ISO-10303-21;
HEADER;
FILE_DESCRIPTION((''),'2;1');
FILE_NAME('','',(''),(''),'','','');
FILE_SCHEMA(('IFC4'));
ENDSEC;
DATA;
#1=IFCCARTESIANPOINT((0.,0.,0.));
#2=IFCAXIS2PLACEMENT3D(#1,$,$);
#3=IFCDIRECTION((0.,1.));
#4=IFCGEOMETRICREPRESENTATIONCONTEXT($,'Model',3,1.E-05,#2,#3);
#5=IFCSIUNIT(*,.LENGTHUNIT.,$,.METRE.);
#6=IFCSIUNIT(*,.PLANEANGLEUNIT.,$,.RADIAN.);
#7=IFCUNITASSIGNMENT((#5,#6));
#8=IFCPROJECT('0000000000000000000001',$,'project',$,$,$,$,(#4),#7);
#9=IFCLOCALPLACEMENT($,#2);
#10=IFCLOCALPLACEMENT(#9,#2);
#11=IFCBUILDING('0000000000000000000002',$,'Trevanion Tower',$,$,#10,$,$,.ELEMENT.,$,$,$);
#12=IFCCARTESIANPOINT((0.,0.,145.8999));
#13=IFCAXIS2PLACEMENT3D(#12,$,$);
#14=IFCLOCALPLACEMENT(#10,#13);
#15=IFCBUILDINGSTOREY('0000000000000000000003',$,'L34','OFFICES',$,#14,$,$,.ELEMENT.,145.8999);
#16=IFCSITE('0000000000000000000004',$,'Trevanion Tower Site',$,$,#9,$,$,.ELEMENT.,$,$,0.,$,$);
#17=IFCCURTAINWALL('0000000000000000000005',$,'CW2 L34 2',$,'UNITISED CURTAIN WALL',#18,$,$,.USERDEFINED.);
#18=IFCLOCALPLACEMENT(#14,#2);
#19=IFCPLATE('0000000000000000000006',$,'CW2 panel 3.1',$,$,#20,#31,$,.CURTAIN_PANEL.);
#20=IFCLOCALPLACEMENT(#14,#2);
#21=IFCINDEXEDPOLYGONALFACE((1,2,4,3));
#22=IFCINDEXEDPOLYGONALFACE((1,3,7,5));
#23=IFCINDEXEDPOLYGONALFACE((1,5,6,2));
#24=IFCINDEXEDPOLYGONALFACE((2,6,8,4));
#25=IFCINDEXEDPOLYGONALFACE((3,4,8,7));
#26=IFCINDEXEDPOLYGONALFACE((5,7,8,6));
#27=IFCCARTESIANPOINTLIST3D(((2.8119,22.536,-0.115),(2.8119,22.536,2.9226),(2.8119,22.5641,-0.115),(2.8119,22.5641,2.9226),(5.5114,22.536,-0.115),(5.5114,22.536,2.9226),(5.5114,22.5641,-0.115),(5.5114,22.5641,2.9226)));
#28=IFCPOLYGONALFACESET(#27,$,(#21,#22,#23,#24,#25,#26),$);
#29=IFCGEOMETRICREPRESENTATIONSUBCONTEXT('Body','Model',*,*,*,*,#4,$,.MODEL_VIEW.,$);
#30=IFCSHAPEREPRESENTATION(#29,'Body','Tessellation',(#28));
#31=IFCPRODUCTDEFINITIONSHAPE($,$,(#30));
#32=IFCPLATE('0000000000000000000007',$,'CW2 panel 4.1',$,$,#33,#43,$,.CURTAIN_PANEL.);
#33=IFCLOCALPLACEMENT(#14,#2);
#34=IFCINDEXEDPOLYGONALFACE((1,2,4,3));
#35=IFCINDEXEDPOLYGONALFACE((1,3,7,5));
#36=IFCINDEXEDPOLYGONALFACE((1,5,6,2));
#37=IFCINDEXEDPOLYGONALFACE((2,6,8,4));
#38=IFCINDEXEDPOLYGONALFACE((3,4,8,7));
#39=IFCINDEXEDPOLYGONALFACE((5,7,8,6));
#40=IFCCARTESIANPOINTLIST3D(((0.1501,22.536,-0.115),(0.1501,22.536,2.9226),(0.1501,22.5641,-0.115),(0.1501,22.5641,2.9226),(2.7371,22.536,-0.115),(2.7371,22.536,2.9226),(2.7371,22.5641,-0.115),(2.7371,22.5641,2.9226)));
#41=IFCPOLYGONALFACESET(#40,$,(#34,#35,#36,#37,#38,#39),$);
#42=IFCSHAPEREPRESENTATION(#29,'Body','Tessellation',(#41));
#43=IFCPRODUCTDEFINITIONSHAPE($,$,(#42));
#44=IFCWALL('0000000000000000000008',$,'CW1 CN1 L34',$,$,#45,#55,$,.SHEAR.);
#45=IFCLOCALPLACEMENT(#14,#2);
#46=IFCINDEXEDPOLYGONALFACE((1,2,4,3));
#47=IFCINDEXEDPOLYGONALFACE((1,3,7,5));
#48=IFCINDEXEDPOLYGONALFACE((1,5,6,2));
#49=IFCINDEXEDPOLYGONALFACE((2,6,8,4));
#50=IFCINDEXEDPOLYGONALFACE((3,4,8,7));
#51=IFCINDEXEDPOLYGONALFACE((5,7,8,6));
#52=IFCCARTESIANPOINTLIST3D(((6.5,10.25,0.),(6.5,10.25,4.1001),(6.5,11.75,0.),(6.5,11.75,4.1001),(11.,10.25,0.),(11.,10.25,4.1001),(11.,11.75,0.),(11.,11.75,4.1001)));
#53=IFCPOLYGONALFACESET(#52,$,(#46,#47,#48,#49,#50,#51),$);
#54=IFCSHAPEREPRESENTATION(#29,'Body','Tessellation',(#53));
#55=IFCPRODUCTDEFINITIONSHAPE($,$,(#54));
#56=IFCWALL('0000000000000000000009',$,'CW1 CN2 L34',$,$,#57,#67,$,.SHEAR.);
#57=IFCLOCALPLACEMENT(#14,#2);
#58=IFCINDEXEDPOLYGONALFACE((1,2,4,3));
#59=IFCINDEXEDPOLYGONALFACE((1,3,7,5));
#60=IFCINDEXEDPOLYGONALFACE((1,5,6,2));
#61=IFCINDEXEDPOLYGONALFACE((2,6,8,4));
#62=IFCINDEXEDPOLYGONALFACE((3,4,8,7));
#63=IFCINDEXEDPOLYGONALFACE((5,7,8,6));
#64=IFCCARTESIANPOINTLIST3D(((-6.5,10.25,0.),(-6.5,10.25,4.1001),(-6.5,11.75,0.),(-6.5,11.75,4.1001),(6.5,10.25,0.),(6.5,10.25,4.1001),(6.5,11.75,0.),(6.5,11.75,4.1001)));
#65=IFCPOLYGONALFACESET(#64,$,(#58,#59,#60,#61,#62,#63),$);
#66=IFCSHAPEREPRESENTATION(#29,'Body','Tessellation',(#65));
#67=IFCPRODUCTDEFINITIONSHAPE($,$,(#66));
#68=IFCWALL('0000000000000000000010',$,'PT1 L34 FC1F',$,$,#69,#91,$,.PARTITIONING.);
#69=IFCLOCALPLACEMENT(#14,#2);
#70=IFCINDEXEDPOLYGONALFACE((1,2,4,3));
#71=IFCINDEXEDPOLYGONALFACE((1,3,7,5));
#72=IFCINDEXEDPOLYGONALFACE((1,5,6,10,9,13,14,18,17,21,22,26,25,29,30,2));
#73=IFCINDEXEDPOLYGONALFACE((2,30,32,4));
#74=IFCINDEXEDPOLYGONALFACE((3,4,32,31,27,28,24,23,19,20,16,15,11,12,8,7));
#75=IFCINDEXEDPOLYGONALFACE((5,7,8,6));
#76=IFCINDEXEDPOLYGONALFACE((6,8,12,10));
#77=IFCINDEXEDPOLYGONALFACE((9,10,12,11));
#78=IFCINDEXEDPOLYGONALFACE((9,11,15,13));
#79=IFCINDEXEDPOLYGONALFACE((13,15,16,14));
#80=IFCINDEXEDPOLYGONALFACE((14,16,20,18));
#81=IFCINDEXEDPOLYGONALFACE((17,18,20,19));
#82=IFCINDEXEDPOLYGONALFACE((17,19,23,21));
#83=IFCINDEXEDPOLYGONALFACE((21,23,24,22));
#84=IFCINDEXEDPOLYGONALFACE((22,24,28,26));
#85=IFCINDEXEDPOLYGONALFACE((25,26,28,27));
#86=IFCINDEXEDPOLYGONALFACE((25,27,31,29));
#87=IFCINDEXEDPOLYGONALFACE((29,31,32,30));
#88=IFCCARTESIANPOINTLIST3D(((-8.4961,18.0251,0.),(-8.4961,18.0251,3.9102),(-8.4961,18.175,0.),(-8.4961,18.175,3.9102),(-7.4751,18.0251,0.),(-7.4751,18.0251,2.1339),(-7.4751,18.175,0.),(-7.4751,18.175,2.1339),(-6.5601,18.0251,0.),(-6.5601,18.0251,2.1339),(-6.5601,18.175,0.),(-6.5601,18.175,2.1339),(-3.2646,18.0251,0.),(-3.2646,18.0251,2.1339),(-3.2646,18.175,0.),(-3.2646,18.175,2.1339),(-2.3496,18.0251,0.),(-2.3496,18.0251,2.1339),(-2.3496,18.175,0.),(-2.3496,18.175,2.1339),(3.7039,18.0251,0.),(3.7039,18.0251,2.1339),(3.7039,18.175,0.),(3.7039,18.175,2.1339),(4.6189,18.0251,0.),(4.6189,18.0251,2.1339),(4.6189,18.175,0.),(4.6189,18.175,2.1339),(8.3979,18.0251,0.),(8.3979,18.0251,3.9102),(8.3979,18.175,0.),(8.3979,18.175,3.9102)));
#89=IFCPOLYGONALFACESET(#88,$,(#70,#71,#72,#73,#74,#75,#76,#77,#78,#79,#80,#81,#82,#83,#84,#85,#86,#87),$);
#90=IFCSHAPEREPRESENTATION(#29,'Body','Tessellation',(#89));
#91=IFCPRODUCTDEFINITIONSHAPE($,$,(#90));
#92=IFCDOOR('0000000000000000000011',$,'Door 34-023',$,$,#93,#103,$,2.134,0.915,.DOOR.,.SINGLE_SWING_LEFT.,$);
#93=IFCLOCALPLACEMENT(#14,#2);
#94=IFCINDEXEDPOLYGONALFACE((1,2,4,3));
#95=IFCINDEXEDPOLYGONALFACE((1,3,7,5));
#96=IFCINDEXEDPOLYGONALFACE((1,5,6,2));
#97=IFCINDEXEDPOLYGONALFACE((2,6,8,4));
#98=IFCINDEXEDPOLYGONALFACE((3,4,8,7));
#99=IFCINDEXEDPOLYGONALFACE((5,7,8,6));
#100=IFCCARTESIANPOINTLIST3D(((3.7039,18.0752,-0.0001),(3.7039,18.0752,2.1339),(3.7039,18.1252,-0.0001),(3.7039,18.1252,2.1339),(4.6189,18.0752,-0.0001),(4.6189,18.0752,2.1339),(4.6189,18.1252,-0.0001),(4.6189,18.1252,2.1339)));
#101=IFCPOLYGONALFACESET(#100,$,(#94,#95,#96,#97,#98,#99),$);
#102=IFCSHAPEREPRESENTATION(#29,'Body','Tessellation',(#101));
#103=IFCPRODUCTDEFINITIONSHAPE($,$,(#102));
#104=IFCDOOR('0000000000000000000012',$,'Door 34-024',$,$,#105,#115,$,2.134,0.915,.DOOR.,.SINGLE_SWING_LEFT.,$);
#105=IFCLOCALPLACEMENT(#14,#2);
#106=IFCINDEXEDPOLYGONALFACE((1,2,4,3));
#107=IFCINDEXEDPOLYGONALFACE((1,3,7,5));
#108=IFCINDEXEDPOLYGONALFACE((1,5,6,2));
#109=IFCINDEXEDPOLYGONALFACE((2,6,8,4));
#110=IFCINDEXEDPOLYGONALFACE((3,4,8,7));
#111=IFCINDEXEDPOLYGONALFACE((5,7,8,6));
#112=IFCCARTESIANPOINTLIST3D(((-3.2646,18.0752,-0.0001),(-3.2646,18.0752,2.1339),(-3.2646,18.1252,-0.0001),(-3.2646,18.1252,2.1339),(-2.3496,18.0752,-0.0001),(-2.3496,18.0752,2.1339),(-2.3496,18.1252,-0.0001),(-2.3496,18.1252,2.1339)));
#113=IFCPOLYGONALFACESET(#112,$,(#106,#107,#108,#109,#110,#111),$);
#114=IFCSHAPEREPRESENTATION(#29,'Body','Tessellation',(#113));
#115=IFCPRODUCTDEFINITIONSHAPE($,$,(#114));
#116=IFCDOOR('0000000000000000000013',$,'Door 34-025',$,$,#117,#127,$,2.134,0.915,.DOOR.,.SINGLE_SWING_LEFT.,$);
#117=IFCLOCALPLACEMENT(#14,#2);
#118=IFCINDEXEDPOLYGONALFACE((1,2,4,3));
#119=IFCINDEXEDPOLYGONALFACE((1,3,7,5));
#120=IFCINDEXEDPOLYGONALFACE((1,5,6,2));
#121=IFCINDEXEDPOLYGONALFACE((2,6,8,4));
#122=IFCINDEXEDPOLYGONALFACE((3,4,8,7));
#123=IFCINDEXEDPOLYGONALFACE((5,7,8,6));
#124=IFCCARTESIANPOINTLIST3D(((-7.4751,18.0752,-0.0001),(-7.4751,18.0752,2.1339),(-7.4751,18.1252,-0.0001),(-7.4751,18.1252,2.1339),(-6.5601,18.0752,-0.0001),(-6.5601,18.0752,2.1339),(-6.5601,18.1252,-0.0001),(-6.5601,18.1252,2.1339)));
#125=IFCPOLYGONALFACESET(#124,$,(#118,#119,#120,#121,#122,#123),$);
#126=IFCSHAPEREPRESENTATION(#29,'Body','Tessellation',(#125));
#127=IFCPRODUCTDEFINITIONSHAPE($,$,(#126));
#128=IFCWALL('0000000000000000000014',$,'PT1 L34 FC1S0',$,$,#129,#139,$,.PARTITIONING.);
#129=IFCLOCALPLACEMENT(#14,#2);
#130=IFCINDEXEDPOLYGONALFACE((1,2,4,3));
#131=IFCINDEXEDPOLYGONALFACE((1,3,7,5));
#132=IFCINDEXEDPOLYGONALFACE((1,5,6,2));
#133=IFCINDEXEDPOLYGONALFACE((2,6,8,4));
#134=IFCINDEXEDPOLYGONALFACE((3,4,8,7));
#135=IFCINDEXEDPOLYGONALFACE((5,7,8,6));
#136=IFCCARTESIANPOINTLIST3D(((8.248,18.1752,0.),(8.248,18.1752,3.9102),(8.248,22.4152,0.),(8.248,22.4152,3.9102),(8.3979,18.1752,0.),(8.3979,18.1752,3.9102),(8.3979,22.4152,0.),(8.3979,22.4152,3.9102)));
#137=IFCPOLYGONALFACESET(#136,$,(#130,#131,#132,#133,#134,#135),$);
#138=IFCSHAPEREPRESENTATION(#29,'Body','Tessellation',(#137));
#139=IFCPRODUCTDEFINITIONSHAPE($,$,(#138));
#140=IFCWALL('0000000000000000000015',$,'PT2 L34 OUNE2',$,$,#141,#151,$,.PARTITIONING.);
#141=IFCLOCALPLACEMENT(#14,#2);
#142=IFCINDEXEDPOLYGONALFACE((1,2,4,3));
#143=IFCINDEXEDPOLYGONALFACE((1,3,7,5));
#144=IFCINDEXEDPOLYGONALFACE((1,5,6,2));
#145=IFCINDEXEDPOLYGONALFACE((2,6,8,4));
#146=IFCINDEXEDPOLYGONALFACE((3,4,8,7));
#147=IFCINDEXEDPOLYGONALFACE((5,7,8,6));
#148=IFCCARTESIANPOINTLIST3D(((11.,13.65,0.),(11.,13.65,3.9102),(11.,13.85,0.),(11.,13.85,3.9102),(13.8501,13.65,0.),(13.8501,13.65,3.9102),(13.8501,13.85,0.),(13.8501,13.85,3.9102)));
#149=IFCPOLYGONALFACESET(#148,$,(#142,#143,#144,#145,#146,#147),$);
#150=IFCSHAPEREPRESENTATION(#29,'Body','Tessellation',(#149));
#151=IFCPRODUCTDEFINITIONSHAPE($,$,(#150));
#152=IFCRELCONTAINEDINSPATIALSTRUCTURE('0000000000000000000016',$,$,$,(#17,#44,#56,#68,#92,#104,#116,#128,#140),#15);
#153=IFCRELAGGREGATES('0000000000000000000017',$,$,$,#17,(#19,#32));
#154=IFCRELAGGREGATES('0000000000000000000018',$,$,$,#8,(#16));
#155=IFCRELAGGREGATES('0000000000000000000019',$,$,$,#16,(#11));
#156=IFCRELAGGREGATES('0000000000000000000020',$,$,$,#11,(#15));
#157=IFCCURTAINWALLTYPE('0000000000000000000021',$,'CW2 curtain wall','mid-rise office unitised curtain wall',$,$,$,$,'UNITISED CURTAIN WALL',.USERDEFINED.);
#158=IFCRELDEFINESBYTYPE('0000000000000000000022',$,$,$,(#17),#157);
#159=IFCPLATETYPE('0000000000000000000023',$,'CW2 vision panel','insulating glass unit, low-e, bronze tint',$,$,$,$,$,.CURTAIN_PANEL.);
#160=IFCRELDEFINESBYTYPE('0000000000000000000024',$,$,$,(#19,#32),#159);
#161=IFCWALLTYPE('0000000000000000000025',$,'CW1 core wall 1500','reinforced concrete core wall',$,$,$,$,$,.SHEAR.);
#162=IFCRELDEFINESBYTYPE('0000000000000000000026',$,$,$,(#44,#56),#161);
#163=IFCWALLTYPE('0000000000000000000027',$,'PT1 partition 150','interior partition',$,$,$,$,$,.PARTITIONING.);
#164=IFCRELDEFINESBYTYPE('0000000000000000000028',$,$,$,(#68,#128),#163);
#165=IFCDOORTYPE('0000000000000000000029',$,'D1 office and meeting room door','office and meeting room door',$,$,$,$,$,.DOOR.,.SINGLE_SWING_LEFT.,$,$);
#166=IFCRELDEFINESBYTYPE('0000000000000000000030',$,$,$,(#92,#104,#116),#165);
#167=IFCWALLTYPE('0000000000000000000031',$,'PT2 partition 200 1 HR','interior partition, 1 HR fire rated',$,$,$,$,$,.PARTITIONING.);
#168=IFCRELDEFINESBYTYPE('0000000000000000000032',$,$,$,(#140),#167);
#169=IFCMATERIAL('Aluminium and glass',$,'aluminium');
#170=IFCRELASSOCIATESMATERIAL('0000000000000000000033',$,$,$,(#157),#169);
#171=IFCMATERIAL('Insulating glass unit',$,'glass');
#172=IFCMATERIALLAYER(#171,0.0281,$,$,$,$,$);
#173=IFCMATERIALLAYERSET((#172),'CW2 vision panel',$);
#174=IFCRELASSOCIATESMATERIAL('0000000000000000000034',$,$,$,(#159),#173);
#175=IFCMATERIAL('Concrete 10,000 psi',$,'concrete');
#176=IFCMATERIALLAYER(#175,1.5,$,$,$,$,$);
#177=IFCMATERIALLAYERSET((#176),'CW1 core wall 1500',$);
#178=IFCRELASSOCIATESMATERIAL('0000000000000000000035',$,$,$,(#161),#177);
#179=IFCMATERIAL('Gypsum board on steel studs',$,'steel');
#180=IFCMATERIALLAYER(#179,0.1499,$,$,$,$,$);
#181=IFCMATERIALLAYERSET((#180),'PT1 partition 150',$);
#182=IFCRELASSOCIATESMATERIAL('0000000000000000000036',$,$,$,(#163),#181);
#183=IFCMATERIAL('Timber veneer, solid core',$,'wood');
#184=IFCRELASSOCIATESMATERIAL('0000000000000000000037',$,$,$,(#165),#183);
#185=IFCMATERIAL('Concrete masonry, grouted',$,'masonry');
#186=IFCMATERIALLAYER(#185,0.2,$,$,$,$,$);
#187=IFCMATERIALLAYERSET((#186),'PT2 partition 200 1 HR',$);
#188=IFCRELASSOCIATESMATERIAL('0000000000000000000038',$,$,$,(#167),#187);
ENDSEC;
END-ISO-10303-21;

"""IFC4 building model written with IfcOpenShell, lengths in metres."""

from ifc_helpers import new_model, si_unit, direction, frame, frame_2d, origin, origin_2d, place, context, subcontext, project, spatial, rectangle, extrude, material, layer, layer_set, type_object, element, fill, aggregate, save


model = new_model("IFC4")

# Units and contexts
model_context = context("Model", 3, precision=1e-05, world=origin(), true_north=direction((0.0, 1.0)))
body_context = subcontext(model_context, "Body", "Model", "MODEL_VIEW")
ifc_project = project(units=[si_unit("LENGTHUNIT", "METRE"), si_unit("PLANEANGLEUNIT", "RADIAN")], contexts=[model_context])

# Site, building, storey
site_placement = place(None, origin())
site = spatial("IfcSite", under=ifc_project, at=site_placement, Name="Trevanion Tower Site", CompositionType="ELEMENT", RefElevation=0.0)
building_placement = place(site_placement, origin())
building = spatial("IfcBuilding", under=site, at=building_placement, Name="Trevanion Tower", CompositionType="ELEMENT")
storey_placement = place(building_placement, frame((0.0, 0.0, 145.8999)))
storey = spatial("IfcBuildingStorey", under=building, at=storey_placement, Name="L34", Description="OFFICES", CompositionType="ELEMENT", Elevation=145.8999)

# Curtain wall
ifc_material_1 = material(Name="Aluminium and glass", Category="aluminium")
curtain_wall_type = type_object("IfcCurtainWallType", Name="CW2 curtain wall", Description="mid-rise office unitised curtain wall", ElementType="UNITISED CURTAIN WALL", PredefinedType="USERDEFINED", material=ifc_material_1)
curtain_wall_placement = place(storey_placement, origin())
curtain_wall = element("IfcCurtainWall", 1, at=curtain_wall_placement, inside=storey, type_object=curtain_wall_type, Name="CW2 L34 2", ObjectType="UNITISED CURTAIN WALL", PredefinedType="USERDEFINED")

# Plates
ifc_material_2 = material(Name="Insulating glass unit", Category="glass")
ifc_layer_1 = layer(ifc_material_2, 0.0281)
ifc_layer_set_1 = layer_set([ifc_layer_1], Name="CW2 vision panel")
plate_type_1 = type_object("IfcPlateType", Name="CW2 vision panel", Description="insulating glass unit, low-e, bronze tint", PredefinedType="CURTAIN_PANEL", material=ifc_layer_set_1)
plate_1_placement = place(storey_placement, frame((4.1616, 22.55, -0.115), z_axis=(0.0, 0.0, 1.0), x_axis=(-1.0, 0.0, 0.0)))
plate_1 = element("IfcPlate", 2, at=plate_1_placement, type_object=plate_type_1, Name="CW2 panel 3.1", PredefinedType="CURTAIN_PANEL", context=body_context, shape_type="SweptSolid", body=[
    extrude(rectangle(XDim=2.6995, YDim=0.0281, at=origin_2d()), origin(), (0.0, 0.0, 1.0), 3.0376),
])
plate_2_placement = place(storey_placement, frame((1.4436, 22.55, -0.115), z_axis=(0.0, 0.0, 1.0), x_axis=(-1.0, 0.0, 0.0)))
plate_2 = element("IfcPlate", 3, at=plate_2_placement, type_object=plate_type_1, Name="CW2 panel 4.1", PredefinedType="CURTAIN_PANEL", context=body_context, shape_type="SweptSolid", body=[
    extrude(rectangle(XDim=2.5869, YDim=0.0281, at=origin_2d()), origin(), (0.0, 0.0, 1.0), 3.0376),
])
aggregate(curtain_wall, [plate_1, plate_2])

# Walls
ifc_material_3 = material(Name="Concrete 10,000 psi", Category="concrete")
ifc_layer_2 = layer(ifc_material_3, 1.5)
ifc_layer_set_2 = layer_set([ifc_layer_2], Name="CW1 core wall 1500")
wall_type_1 = type_object("IfcWallType", Name="CW1 core wall 1500", Description="reinforced concrete core wall", PredefinedType="SHEAR", material=ifc_layer_set_2)
wall_1_placement = place(storey_placement, frame((11.0, 11.0, 0.0), z_axis=(0.0, 0.0, 1.0), x_axis=(-1.0, 0.0, 0.0)))
element("IfcWall", 4, at=wall_1_placement, inside=storey, type_object=wall_type_1, Name="CW1 CN1 L34", PredefinedType="SHEAR", context=body_context, shape_type="SweptSolid", body=[
    extrude(rectangle(XDim=4.5, YDim=1.5, at=frame_2d((2.25, 0.0))), origin(), (0.0, 0.0, 1.0), 4.1001),
])
wall_2_placement = place(storey_placement, frame((6.5, 11.0, 0.0), z_axis=(0.0, 0.0, 1.0), x_axis=(-1.0, 0.0, 0.0)))
element("IfcWall", 5, at=wall_2_placement, inside=storey, type_object=wall_type_1, Name="CW1 CN2 L34", PredefinedType="SHEAR", context=body_context, shape_type="SweptSolid", body=[
    extrude(rectangle(XDim=13.0, YDim=1.5, at=frame_2d((6.5, 0.0))), origin(), (0.0, 0.0, 1.0), 4.1001),
])

# Wall, openings, doors
ifc_material_4 = material(Name="Gypsum board on steel studs", Category="steel")
ifc_layer_3 = layer(ifc_material_4, 0.1499)
ifc_layer_set_3 = layer_set([ifc_layer_3], Name="PT1 partition 150")
wall_type_2 = type_object("IfcWallType", Name="PT1 partition 150", Description="interior partition", PredefinedType="PARTITIONING", material=ifc_layer_set_3)
wall_3_placement = place(storey_placement, frame((8.3979, 18.1001, 0.0), z_axis=(0.0, 0.0, 1.0), x_axis=(-1.0, 0.0, 0.0)))
wall_3 = element("IfcWall", 6, at=wall_3_placement, inside=storey, type_object=wall_type_2, Name="PT1 L34 FC1F", PredefinedType="PARTITIONING", context=body_context, shape_type="SweptSolid", body=[
    extrude(rectangle(XDim=16.894, YDim=0.1499, at=frame_2d((8.447, 0.0))), origin(), (0.0, 0.0, 1.0), 3.9102),
])
opening_1_placement = place(wall_3_placement, frame((3.7791, 0.0, 0.0)))
opening_1 = element("IfcOpeningElement", 7, at=opening_1_placement, cuts=wall_3, PredefinedType="OPENING", context=body_context, shape_type="SweptSolid", body=[
    extrude(rectangle(XDim=0.915, YDim=2.134, at=frame_2d((0.4575, 1.0669))), frame((0.0, 0.085, 0.0), z_axis=(0.0, -1.0, 0.0), x_axis=(1.0, 0.0, 0.0)), (0.0, 0.0, 1.0), 0.1699),
])
opening_2_placement = place(wall_3_placement, frame((10.7476, 0.0, 0.0)))
opening_2 = element("IfcOpeningElement", 8, at=opening_2_placement, cuts=wall_3, PredefinedType="OPENING", context=body_context, shape_type="SweptSolid", body=[
    extrude(rectangle(XDim=0.915, YDim=2.134, at=frame_2d((0.4575, 1.0669))), frame((0.0, 0.085, 0.0), z_axis=(0.0, -1.0, 0.0), x_axis=(1.0, 0.0, 0.0)), (0.0, 0.0, 1.0), 0.1699),
])
opening_3_placement = place(wall_3_placement, frame((14.958, 0.0, 0.0)))
opening_3 = element("IfcOpeningElement", 9, at=opening_3_placement, cuts=wall_3, PredefinedType="OPENING", context=body_context, shape_type="SweptSolid", body=[
    extrude(rectangle(XDim=0.915, YDim=2.134, at=frame_2d((0.4575, 1.0669))), frame((0.0, 0.085, 0.0), z_axis=(0.0, -1.0, 0.0), x_axis=(1.0, 0.0, 0.0)), (0.0, 0.0, 1.0), 0.1699),
])
ifc_material_5 = material(Name="Timber veneer, solid core", Category="wood")
door_type = type_object("IfcDoorType", Name="D1 office and meeting room door", Description="office and meeting room door", OperationType="SINGLE_SWING_LEFT", PredefinedType="DOOR", material=ifc_material_5)
door_1_placement = place(opening_1_placement, origin())
door_1 = element("IfcDoor", 10, at=door_1_placement, inside=storey, type_object=door_type, Name="Door 34-023", OperationType="SINGLE_SWING_LEFT", OverallHeight=2.134, OverallWidth=0.915, PredefinedType="DOOR", context=body_context, shape_type="SweptSolid", body=[
    extrude(rectangle(XDim=0.915, YDim=2.134, at=frame_2d((0.4575, 1.0669))), frame((0.0, 0.0249, 0.0), z_axis=(0.0, -1.0, 0.0), x_axis=(1.0, 0.0, 0.0)), (0.0, 0.0, 1.0), 0.05),
])
fill(opening_1, door_1)
door_2_placement = place(opening_2_placement, origin())
door_2 = element("IfcDoor", 11, at=door_2_placement, inside=storey, type_object=door_type, Name="Door 34-024", OperationType="SINGLE_SWING_LEFT", OverallHeight=2.134, OverallWidth=0.915, PredefinedType="DOOR", context=body_context, shape_type="SweptSolid", body=[
    extrude(rectangle(XDim=0.915, YDim=2.134, at=frame_2d((0.4575, 1.0669))), frame((0.0, 0.0249, 0.0), z_axis=(0.0, -1.0, 0.0), x_axis=(1.0, 0.0, 0.0)), (0.0, 0.0, 1.0), 0.05),
])
fill(opening_2, door_2)
door_3_placement = place(opening_3_placement, origin())
door_3 = element("IfcDoor", 12, at=door_3_placement, inside=storey, type_object=door_type, Name="Door 34-025", OperationType="SINGLE_SWING_LEFT", OverallHeight=2.134, OverallWidth=0.915, PredefinedType="DOOR", context=body_context, shape_type="SweptSolid", body=[
    extrude(rectangle(XDim=0.915, YDim=2.134, at=frame_2d((0.4575, 1.0669))), frame((0.0, 0.0249, 0.0), z_axis=(0.0, -1.0, 0.0), x_axis=(1.0, 0.0, 0.0)), (0.0, 0.0, 1.0), 0.05),
])
fill(opening_3, door_3)

# Walls
wall_4_placement = place(storey_placement, frame((8.323, 18.175, 0.0), z_axis=(0.0, 0.0, 1.0), x_axis=(0.0, 1.0, 0.0)))
element("IfcWall", 13, at=wall_4_placement, inside=storey, type_object=wall_type_2, Name="PT1 L34 FC1S0", PredefinedType="PARTITIONING", context=body_context, shape_type="SweptSolid", body=[
    extrude(rectangle(XDim=4.24, YDim=0.1499, at=frame_2d((2.1201, 0.0))), origin(), (0.0, 0.0, 1.0), 3.9102),
])
ifc_material_6 = material(Name="Concrete masonry, grouted", Category="masonry")
ifc_layer_4 = layer(ifc_material_6, 0.2)
ifc_layer_set_4 = layer_set([ifc_layer_4], Name="PT2 partition 200 1 HR")
wall_type_3 = type_object("IfcWallType", Name="PT2 partition 200 1 HR", Description="interior partition, 1 HR fire rated", PredefinedType="PARTITIONING", material=ifc_layer_set_4)
wall_5_placement = place(storey_placement, frame((11.0, 13.75, 0.0), z_axis=(0.0, 0.0, 1.0), x_axis=(1.0, 0.0, 0.0)))
element("IfcWall", 14, at=wall_5_placement, inside=storey, type_object=wall_type_3, Name="PT2 L34 OUNE2", PredefinedType="PARTITIONING", context=body_context, shape_type="SweptSolid", body=[
    extrude(rectangle(XDim=2.8501, YDim=0.2, at=frame_2d((1.425, 0.0))), origin(), (0.0, 0.0, 1.0), 3.9102),
])

save(model, "model.ifc")
